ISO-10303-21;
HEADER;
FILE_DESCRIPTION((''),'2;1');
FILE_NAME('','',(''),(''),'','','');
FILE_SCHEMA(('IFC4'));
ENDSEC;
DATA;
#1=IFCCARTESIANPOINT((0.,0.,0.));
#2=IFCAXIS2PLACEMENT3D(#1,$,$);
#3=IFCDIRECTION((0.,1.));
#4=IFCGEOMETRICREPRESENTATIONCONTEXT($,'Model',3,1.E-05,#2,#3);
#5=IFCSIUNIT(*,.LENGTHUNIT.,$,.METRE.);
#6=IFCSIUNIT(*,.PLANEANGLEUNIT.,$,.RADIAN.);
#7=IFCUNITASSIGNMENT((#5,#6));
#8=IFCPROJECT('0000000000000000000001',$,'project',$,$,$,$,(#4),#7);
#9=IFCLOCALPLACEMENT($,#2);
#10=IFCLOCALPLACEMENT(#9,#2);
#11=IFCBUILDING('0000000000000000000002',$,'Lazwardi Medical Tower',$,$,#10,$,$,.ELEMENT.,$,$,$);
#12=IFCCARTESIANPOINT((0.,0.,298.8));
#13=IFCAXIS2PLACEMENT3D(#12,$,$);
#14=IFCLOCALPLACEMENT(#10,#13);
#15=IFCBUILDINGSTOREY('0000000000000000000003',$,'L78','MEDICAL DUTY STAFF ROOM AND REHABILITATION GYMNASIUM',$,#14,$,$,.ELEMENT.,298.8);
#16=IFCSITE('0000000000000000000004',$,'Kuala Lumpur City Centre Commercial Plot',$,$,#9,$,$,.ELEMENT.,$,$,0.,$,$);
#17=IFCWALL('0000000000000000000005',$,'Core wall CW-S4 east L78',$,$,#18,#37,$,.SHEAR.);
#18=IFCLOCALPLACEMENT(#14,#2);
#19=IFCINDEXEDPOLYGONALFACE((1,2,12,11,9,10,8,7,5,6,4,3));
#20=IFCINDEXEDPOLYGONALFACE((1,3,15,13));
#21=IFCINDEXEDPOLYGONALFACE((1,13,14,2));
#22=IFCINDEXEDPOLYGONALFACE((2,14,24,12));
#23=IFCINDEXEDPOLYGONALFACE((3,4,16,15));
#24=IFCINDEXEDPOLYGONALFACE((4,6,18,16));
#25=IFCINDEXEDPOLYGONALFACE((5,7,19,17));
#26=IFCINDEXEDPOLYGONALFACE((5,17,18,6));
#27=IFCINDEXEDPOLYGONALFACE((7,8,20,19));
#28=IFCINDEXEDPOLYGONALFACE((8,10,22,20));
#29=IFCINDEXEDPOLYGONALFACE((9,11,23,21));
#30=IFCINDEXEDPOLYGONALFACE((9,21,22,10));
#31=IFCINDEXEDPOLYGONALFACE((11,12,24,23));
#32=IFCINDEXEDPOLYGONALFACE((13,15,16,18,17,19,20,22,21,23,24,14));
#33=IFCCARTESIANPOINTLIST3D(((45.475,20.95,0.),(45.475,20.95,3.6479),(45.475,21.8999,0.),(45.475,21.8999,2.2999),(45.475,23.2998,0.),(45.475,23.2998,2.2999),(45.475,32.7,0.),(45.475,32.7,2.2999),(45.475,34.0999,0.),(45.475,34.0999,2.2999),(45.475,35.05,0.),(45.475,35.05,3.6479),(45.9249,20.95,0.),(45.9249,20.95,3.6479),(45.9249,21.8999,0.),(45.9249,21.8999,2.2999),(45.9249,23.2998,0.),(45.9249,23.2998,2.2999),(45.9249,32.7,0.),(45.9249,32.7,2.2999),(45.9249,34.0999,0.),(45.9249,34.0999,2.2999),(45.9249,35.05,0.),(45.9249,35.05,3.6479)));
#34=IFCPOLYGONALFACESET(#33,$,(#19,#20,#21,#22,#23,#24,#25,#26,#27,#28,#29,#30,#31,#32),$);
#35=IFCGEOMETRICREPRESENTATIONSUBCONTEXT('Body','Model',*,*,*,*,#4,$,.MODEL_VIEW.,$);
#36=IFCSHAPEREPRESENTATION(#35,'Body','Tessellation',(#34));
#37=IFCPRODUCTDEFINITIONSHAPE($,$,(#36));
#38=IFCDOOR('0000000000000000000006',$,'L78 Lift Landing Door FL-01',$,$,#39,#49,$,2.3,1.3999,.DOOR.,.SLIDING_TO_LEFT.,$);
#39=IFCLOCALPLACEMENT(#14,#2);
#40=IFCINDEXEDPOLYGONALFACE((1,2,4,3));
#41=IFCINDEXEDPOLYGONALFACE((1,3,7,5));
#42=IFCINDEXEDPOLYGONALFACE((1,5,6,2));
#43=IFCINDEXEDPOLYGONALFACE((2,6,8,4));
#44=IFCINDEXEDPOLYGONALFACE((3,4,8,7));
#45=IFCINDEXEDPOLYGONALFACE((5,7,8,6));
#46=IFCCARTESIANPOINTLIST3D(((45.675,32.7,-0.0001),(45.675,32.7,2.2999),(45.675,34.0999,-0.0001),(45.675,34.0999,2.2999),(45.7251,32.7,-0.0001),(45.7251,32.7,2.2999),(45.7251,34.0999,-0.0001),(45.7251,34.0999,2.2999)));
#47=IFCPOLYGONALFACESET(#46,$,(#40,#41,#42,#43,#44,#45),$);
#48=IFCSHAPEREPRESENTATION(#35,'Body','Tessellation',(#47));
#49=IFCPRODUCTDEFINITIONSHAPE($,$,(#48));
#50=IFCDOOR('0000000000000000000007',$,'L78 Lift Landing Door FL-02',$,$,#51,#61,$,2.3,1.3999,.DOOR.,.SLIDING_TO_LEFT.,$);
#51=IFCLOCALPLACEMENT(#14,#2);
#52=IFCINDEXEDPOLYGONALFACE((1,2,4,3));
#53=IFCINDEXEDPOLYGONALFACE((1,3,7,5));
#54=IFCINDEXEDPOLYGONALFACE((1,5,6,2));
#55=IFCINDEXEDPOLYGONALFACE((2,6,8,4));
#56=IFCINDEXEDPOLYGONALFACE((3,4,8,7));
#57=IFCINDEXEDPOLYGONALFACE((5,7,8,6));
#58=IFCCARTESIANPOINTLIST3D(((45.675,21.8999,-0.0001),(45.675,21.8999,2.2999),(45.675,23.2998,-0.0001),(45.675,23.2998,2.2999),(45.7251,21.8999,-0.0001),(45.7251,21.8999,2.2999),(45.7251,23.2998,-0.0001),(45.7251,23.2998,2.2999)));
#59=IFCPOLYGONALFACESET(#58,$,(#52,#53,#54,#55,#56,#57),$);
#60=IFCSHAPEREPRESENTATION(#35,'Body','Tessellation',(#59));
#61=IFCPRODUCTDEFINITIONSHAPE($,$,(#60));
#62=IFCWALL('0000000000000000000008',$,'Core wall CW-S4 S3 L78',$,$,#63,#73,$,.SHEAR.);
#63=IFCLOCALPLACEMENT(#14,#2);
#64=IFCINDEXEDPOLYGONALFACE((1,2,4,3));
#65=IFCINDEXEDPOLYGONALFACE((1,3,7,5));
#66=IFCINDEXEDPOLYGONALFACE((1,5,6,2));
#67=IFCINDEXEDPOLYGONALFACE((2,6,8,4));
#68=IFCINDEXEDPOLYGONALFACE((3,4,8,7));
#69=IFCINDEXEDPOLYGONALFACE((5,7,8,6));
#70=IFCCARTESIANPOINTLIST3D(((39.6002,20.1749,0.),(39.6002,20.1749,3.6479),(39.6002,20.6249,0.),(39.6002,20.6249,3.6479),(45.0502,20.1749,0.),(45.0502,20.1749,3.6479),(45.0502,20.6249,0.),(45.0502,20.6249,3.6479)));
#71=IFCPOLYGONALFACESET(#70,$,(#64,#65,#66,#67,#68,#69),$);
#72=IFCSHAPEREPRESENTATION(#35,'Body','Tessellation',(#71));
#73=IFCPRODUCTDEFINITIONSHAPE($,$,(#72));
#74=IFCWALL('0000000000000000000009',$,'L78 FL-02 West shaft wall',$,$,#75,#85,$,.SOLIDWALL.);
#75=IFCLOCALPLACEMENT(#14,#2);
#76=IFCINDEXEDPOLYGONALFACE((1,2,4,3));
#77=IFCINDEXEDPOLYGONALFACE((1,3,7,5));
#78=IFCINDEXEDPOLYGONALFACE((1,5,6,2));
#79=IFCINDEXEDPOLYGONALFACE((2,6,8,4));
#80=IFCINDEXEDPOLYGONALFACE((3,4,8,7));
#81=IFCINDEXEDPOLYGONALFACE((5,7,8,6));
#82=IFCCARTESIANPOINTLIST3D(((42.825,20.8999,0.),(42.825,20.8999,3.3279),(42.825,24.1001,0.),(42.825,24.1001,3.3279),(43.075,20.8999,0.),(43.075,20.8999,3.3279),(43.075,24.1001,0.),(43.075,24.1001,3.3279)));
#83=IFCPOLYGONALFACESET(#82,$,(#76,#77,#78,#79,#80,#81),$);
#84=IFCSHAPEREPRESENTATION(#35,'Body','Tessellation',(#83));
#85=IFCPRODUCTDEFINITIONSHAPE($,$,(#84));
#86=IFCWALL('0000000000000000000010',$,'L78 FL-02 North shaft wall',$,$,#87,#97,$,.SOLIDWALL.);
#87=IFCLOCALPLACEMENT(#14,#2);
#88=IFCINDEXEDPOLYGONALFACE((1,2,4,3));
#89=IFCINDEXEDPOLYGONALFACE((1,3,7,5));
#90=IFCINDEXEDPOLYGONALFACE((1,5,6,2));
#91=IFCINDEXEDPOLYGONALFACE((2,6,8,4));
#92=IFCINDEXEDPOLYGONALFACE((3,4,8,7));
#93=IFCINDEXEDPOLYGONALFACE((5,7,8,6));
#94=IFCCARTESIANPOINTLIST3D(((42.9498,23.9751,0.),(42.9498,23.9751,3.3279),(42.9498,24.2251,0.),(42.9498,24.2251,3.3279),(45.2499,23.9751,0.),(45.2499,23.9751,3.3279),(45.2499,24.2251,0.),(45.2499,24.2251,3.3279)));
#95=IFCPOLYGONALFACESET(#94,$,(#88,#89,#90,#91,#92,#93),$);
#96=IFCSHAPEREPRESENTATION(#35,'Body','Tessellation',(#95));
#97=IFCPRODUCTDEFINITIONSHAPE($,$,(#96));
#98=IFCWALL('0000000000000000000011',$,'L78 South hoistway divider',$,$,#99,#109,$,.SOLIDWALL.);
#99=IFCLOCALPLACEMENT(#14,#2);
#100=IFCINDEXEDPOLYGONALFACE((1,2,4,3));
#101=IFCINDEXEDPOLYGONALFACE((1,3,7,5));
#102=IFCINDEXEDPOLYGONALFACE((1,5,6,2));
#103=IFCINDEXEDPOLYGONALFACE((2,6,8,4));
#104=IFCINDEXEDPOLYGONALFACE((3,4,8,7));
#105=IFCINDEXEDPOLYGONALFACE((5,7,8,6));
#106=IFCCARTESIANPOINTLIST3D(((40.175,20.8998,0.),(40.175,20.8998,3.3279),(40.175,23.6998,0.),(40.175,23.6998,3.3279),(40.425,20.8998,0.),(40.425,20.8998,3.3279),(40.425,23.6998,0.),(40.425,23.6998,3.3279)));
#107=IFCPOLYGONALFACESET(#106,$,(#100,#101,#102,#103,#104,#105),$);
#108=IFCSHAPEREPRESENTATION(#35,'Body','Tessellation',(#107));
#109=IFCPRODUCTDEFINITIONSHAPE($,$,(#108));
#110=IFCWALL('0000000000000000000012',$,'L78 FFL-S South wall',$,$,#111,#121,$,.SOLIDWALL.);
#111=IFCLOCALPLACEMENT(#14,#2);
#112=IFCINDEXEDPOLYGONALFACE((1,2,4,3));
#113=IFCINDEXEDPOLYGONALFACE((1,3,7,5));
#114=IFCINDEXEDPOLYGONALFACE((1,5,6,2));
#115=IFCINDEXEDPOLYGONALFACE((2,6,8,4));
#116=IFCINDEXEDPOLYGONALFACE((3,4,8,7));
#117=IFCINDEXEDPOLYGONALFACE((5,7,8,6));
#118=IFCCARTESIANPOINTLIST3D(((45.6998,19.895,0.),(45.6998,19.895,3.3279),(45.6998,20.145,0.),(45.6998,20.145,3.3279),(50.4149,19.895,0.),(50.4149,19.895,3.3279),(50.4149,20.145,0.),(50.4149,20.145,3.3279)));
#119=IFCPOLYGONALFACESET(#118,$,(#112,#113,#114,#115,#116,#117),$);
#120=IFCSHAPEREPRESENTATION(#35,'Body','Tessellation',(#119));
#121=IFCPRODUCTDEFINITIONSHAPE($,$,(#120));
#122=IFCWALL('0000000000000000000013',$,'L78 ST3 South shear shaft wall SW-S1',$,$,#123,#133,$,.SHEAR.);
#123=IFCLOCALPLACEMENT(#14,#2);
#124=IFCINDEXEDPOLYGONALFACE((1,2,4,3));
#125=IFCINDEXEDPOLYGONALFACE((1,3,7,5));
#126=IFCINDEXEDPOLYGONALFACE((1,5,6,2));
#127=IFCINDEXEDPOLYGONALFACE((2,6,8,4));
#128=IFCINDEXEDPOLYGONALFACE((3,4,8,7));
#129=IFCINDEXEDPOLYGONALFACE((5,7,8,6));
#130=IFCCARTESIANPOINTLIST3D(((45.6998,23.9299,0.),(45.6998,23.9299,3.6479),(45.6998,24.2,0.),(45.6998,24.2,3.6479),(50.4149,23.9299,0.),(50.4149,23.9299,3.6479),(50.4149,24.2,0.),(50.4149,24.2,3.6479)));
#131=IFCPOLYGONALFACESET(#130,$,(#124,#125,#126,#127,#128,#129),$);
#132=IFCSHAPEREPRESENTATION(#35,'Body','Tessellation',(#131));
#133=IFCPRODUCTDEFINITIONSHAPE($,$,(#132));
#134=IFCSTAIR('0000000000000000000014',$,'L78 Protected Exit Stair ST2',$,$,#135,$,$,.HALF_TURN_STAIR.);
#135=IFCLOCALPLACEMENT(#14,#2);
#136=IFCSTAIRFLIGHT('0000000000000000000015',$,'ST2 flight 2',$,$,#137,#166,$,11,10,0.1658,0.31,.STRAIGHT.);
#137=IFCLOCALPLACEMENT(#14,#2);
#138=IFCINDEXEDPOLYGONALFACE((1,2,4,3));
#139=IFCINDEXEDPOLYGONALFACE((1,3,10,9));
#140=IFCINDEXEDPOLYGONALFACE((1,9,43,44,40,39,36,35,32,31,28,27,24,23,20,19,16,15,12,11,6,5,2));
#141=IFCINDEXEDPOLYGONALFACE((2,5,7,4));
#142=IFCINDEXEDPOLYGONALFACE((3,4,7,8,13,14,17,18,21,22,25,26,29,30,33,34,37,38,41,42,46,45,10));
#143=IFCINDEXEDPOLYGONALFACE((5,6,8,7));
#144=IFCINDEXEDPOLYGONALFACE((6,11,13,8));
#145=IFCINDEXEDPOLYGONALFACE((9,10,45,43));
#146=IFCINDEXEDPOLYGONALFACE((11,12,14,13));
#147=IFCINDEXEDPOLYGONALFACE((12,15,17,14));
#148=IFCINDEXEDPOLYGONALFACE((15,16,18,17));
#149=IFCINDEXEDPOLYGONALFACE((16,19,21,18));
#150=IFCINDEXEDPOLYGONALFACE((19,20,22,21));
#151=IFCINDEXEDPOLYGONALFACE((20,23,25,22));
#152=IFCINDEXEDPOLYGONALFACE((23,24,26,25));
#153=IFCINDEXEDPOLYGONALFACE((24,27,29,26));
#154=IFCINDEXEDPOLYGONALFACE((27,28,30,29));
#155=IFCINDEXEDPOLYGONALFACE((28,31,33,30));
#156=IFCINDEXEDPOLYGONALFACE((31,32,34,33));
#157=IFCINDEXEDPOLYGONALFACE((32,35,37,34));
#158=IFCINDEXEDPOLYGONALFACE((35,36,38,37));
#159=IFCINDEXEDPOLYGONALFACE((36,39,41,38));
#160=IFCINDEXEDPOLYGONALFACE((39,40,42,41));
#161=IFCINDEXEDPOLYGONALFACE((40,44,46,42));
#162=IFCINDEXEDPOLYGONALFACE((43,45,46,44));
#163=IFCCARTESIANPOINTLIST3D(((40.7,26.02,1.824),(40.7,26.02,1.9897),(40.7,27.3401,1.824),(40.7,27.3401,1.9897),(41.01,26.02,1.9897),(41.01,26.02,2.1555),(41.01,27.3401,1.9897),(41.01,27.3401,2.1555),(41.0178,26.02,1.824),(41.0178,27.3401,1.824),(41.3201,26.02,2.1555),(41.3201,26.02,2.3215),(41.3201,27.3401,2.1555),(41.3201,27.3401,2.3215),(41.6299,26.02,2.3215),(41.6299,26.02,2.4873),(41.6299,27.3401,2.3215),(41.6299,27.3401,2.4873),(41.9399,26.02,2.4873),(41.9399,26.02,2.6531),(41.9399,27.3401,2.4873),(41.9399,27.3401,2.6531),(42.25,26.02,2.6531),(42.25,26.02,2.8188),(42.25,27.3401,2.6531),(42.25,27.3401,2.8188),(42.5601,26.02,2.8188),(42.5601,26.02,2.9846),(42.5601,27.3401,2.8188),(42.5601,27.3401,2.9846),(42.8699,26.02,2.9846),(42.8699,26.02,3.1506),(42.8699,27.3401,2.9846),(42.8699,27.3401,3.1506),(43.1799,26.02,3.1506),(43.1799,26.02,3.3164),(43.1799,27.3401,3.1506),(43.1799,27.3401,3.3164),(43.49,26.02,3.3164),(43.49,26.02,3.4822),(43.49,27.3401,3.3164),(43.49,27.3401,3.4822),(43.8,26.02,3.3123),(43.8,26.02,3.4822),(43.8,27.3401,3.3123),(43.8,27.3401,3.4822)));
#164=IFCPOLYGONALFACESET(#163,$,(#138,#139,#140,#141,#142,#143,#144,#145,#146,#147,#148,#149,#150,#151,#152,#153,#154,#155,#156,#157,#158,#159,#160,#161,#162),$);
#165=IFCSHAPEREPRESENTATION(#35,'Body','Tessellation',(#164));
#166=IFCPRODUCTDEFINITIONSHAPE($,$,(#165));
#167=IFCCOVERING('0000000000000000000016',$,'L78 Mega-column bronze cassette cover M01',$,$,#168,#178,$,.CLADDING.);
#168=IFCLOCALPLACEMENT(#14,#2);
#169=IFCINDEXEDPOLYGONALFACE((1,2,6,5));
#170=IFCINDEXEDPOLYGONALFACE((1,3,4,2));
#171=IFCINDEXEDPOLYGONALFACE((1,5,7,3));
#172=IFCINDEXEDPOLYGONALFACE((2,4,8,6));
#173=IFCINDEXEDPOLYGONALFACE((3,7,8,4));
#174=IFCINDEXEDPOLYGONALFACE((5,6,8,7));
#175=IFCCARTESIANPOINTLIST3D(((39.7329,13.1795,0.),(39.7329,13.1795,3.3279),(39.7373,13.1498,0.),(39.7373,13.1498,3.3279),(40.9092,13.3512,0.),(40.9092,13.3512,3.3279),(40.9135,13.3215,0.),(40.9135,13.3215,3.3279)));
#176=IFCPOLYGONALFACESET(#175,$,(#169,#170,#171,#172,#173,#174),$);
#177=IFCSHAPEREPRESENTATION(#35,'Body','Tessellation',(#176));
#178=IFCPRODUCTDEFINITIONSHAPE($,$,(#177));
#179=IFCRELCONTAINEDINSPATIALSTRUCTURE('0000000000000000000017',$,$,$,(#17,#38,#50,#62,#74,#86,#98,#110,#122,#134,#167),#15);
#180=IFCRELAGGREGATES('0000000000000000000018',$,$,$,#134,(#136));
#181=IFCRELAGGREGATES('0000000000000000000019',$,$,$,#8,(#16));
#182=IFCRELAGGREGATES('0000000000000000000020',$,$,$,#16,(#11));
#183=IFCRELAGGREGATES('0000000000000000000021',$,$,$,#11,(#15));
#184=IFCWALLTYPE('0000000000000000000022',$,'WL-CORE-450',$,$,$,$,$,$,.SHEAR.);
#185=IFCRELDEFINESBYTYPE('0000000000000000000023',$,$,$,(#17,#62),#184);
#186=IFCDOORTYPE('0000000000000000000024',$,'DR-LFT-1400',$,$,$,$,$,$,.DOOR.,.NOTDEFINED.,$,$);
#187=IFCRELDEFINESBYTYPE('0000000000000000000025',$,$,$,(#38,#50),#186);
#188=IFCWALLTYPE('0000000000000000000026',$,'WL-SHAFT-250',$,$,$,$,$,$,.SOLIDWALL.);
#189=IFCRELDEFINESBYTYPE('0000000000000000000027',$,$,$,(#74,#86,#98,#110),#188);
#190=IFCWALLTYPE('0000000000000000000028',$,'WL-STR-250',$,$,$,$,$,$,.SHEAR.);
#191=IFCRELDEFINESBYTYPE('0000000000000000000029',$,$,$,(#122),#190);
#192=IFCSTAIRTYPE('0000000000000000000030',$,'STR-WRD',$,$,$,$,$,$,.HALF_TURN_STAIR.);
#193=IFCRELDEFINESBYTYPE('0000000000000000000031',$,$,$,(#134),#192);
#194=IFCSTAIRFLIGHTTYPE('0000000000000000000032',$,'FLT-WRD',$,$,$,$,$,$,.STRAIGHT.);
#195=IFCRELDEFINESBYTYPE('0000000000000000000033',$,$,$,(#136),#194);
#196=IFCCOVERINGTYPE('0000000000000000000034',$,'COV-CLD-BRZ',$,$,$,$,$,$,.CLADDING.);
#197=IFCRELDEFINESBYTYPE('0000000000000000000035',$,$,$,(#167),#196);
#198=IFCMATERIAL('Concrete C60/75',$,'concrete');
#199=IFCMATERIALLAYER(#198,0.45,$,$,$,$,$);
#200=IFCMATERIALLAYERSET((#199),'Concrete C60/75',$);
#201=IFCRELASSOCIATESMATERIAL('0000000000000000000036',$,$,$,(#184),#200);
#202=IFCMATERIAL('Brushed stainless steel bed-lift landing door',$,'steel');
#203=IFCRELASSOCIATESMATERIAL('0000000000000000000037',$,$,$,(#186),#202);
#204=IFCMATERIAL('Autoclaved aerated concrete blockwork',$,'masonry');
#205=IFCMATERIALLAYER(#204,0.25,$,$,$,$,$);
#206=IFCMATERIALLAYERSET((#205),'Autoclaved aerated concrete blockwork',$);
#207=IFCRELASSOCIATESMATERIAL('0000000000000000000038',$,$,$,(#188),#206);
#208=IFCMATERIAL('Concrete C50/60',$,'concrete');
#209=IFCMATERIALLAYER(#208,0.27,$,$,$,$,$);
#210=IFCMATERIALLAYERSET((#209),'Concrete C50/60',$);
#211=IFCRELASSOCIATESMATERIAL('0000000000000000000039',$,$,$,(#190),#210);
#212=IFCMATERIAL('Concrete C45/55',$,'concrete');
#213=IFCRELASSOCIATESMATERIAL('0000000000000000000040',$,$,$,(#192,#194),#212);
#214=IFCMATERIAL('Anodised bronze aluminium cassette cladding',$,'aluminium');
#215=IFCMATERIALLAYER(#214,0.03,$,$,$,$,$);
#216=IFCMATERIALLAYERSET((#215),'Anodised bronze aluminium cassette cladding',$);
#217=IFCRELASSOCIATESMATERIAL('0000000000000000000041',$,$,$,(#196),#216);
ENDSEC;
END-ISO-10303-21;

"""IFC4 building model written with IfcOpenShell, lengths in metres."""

from ifc_helpers import new_model, si_unit, direction, frame, frame_2d, origin, origin_2d, place, context, subcontext, project, spatial, polyline, rectangle, outline, extrude, material, layer, layer_set, type_object, element, fill, aggregate, save


model = new_model("IFC4")

# Units and contexts
model_context = context("Model", 3, precision=1e-05, world=origin(), true_north=direction((0.0, 1.0)))
body_context = subcontext(model_context, "Body", "Model", "MODEL_VIEW")
ifc_project = project(units=[si_unit("LENGTHUNIT", "METRE"), si_unit("PLANEANGLEUNIT", "RADIAN")], contexts=[model_context])

# Site, building, storey
site_placement = place(None, origin())
site = spatial("IfcSite", under=ifc_project, at=site_placement, Name="Kuala Lumpur City Centre Commercial Plot", CompositionType="ELEMENT", RefElevation=0.0)
building_placement = place(site_placement, origin())
building = spatial("IfcBuilding", under=site, at=building_placement, Name="Lazwardi Medical Tower", CompositionType="ELEMENT")
storey_placement = place(building_placement, frame((0.0, 0.0, 298.8)))
storey = spatial("IfcBuildingStorey", under=building, at=storey_placement, Name="L78", Description="MEDICAL DUTY STAFF ROOM AND REHABILITATION GYMNASIUM", CompositionType="ELEMENT", Elevation=298.8)

# Shared definitions
ifc_material_1 = material(Name="Concrete C60/75", Category="concrete")

# Wall, openings, doors
ifc_layer_1 = layer(ifc_material_1, 0.45)
ifc_layer_set_1 = layer_set([ifc_layer_1], Name="Concrete C60/75")
wall_type_1 = type_object("IfcWallType", Name="WL-CORE-450", PredefinedType="SHEAR", material=ifc_layer_set_1)
wall_1_placement = place(storey_placement, frame((45.7, 20.95, 0.0), z_axis=(0.0, 0.0, 1.0), x_axis=(0.0, 1.0, 0.0)))
wall_1 = element("IfcWall", 1, at=wall_1_placement, inside=storey, type_object=wall_type_1, Name="Core wall CW-S4 east L78", PredefinedType="SHEAR", context=body_context, shape_type="SweptSolid", body=[
    extrude(rectangle(XDim=14.1001, YDim=0.45, at=frame_2d((7.05, 0.0))), origin(), (0.0, 0.0, 1.0), 3.6479),
])
opening_1_placement = place(wall_1_placement, frame((11.75, 0.0, 0.0)))
opening_1 = element("IfcOpeningElement", 2, at=opening_1_placement, cuts=wall_1, PredefinedType="OPENING", context=body_context, shape_type="SweptSolid", body=[
    extrude(rectangle(XDim=1.3999, YDim=2.3, at=frame_2d((0.7, 1.1499))), frame((0.0, 0.2349, 0.0), z_axis=(0.0, -1.0, 0.0), x_axis=(1.0, 0.0, 0.0)), (0.0, 0.0, 1.0), 0.47),
])
opening_2_placement = place(wall_1_placement, frame((0.95, 0.0, 0.0)))
opening_2 = element("IfcOpeningElement", 3, at=opening_2_placement, cuts=wall_1, PredefinedType="OPENING", context=body_context, shape_type="SweptSolid", body=[
    extrude(rectangle(XDim=1.3999, YDim=2.3, at=frame_2d((0.7, 1.1499))), frame((0.0, 0.2349, 0.0), z_axis=(0.0, -1.0, 0.0), x_axis=(1.0, 0.0, 0.0)), (0.0, 0.0, 1.0), 0.47),
])
ifc_material_2 = material(Name="Brushed stainless steel bed-lift landing door", Category="steel")
door_type = type_object("IfcDoorType", Name="DR-LFT-1400", OperationType="NOTDEFINED", PredefinedType="DOOR", material=ifc_material_2)
door_1_placement = place(opening_1_placement, origin())
door_1 = element("IfcDoor", 4, at=door_1_placement, inside=storey, type_object=door_type, Name="L78 Lift Landing Door FL-01", OperationType="SLIDING_TO_LEFT", OverallHeight=2.3, OverallWidth=1.3999, PredefinedType="DOOR", context=body_context, shape_type="SweptSolid", body=[
    extrude(rectangle(XDim=1.3999, YDim=2.3, at=frame_2d((0.7, 1.1499))), frame((0.0, 0.0249, 0.0), z_axis=(0.0, -1.0, 0.0), x_axis=(1.0, 0.0, 0.0)), (0.0, 0.0, 1.0), 0.05),
])
fill(opening_1, door_1)
door_2_placement = place(opening_2_placement, origin())
door_2 = element("IfcDoor", 5, at=door_2_placement, inside=storey, type_object=door_type, Name="L78 Lift Landing Door FL-02", OperationType="SLIDING_TO_LEFT", OverallHeight=2.3, OverallWidth=1.3999, PredefinedType="DOOR", context=body_context, shape_type="SweptSolid", body=[
    extrude(rectangle(XDim=1.3999, YDim=2.3, at=frame_2d((0.7, 1.1499))), frame((0.0, 0.0249, 0.0), z_axis=(0.0, -1.0, 0.0), x_axis=(1.0, 0.0, 0.0)), (0.0, 0.0, 1.0), 0.05),
])
fill(opening_2, door_2)

# Walls
wall_2_placement = place(storey_placement, frame((39.6001, 20.3999, 0.0), z_axis=(0.0, 0.0, 1.0), x_axis=(1.0, 0.0, 0.0)))
element("IfcWall", 6, at=wall_2_placement, inside=storey, type_object=wall_type_1, Name="Core wall CW-S4 S3 L78", PredefinedType="SHEAR", context=body_context, shape_type="SweptSolid", body=[
    extrude(rectangle(XDim=5.45, YDim=0.45, at=frame_2d((2.7251, 0.0))), origin(), (0.0, 0.0, 1.0), 3.6479),
])
ifc_material_3 = material(Name="Autoclaved aerated concrete blockwork", Category="masonry")
ifc_layer_2 = layer(ifc_material_3, 0.25)
ifc_layer_set_2 = layer_set([ifc_layer_2], Name="Autoclaved aerated concrete blockwork")
wall_type_2 = type_object("IfcWallType", Name="WL-SHAFT-250", PredefinedType="SOLIDWALL", material=ifc_layer_set_2)
wall_3_placement = place(storey_placement, frame((42.95, 20.8999, 0.0), z_axis=(0.0, 0.0, 1.0), x_axis=(0.0, 1.0, 0.0)))
element("IfcWall", 7, at=wall_3_placement, inside=storey, type_object=wall_type_2, Name="L78 FL-02 West shaft wall", PredefinedType="SOLIDWALL", context=body_context, shape_type="SweptSolid", body=[
    extrude(rectangle(XDim=3.2002, YDim=0.25, at=frame_2d((1.6001, 0.0))), origin(), (0.0, 0.0, 1.0), 3.3279),
])
wall_4_placement = place(storey_placement, frame((42.95, 24.1001, 0.0), z_axis=(0.0, 0.0, 1.0), x_axis=(1.0, 0.0, 0.0)))
element("IfcWall", 8, at=wall_4_placement, inside=storey, type_object=wall_type_2, Name="L78 FL-02 North shaft wall", PredefinedType="SOLIDWALL", context=body_context, shape_type="SweptSolid", body=[
    extrude(rectangle(XDim=2.3, YDim=0.25, at=frame_2d((1.1499, 0.0))), origin(), (0.0, 0.0, 1.0), 3.3279),
])
wall_5_placement = place(storey_placement, frame((40.3, 20.8999, 0.0), z_axis=(0.0, 0.0, 1.0), x_axis=(0.0, 1.0, 0.0)))
element("IfcWall", 9, at=wall_5_placement, inside=storey, type_object=wall_type_2, Name="L78 South hoistway divider", PredefinedType="SOLIDWALL", context=body_context, shape_type="SweptSolid", body=[
    extrude(rectangle(XDim=2.8, YDim=0.25, at=frame_2d((1.3999, 0.0))), origin(), (0.0, 0.0, 1.0), 3.3279),
])
wall_6_placement = place(storey_placement, frame((45.7, 20.02, 0.0), z_axis=(0.0, 0.0, 1.0), x_axis=(1.0, 0.0, 0.0)))
element("IfcWall", 10, at=wall_6_placement, inside=storey, type_object=wall_type_2, Name="L78 FFL-S South wall", PredefinedType="SOLIDWALL", context=body_context, shape_type="SweptSolid", body=[
    extrude(rectangle(XDim=4.7151, YDim=0.25, at=frame_2d((2.3574, 0.0))), origin(), (0.0, 0.0, 1.0), 3.3279),
])
ifc_material_4 = material(Name="Concrete C50/60", Category="concrete")
ifc_layer_3 = layer(ifc_material_4, 0.27)
ifc_layer_set_3 = layer_set([ifc_layer_3], Name="Concrete C50/60")
wall_type_3 = type_object("IfcWallType", Name="WL-STR-250", PredefinedType="SHEAR", material=ifc_layer_set_3)
wall_7_placement = place(storey_placement, frame((45.7, 24.0649, 0.0), z_axis=(0.0, 0.0, 1.0), x_axis=(1.0, 0.0, 0.0)))
element("IfcWall", 11, at=wall_7_placement, inside=storey, type_object=wall_type_3, Name="L78 ST3 South shear shaft wall SW-S1", PredefinedType="SHEAR", context=body_context, shape_type="SweptSolid", body=[
    extrude(rectangle(XDim=4.7151, YDim=0.27, at=frame_2d((2.3574, 0.0))), origin(), (0.0, 0.0, 1.0), 3.6479),
])

# Stair, stair flight
ifc_material_5 = material(Name="Concrete C45/55", Category="concrete")
stair_type = type_object("IfcStairType", Name="STR-WRD", PredefinedType="HALF_TURN_STAIR", material=ifc_material_5)
stair_placement = place(storey_placement, origin())
stair = element("IfcStair", 12, at=stair_placement, inside=storey, type_object=stair_type, Name="L78 Protected Exit Stair ST2", PredefinedType="HALF_TURN_STAIR")
stair_flight_type = type_object("IfcStairFlightType", Name="FLT-WRD", PredefinedType="STRAIGHT", material=ifc_material_5)
stair_flight_placement = place(storey_placement, frame((40.7, 26.6799, 1.824), z_axis=(0.0, 0.0, 1.0), x_axis=(1.0, 0.0, 0.0)))
stair_flight = element("IfcStairFlight", 13, at=stair_flight_placement, type_object=stair_flight_type, Name="ST2 flight 2", NumberOfRisers=11, NumberOfTreads=10, PredefinedType="STRAIGHT", RiserHeight=0.1658, TreadLength=0.31, context=body_context, shape_type="SweptSolid", body=[
    extrude(outline(polyline([(0.0, 0.0), (0.0, 0.1658), (0.3101, 0.1658), (0.3101, 0.3315), (0.6201, 0.3315), (0.6201, 0.4976), (0.9299, 0.4976), (0.9299, 0.6633), (1.24, 0.6633), (1.24, 0.8291), (1.55, 0.8291), (1.55, 0.9949), (1.8601, 0.9949), (1.8601, 1.1606), (2.1699, 1.1606), (2.1699, 1.3267), (2.48, 1.3267), (2.48, 1.4924), (2.79, 1.4924), (2.79, 1.6582), (3.1001, 1.6582), (3.1001, 1.824), (3.1001, 1.4883), (0.3179, 0.0), (0.0, 0.0)])), frame((0.0, 0.6602, 0.0), z_axis=(0.0, -1.0, 0.0), x_axis=(1.0, 0.0, 0.0)), (0.0, 0.0, 1.0), 1.3201),
])
aggregate(stair, [stair_flight])

# Covering
ifc_material_6 = material(Name="Anodised bronze aluminium cassette cladding", Category="aluminium")
ifc_layer_4 = layer(ifc_material_6, 0.03)
ifc_layer_set_4 = layer_set([ifc_layer_4], Name="Anodised bronze aluminium cassette cladding")
covering_type = type_object("IfcCoveringType", Name="COV-CLD-BRZ", PredefinedType="CLADDING", material=ifc_layer_set_4)
covering_placement = place(storey_placement, frame((40.3232, 13.2505, 0.0), z_axis=(0.0, 0.0, 1.0), x_axis=(0.989512, 0.144448, 0.0)))
element("IfcCovering", 14, at=covering_placement, inside=storey, type_object=covering_type, Name="L78 Mega-column bronze cassette cover M01", PredefinedType="CLADDING", context=body_context, shape_type="SweptSolid", body=[
    extrude(rectangle(XDim=1.1887, YDim=0.03, at=origin_2d()), origin(), (0.0, 0.0, 1.0), 3.3279),
])

save(model, "model.ifc")
